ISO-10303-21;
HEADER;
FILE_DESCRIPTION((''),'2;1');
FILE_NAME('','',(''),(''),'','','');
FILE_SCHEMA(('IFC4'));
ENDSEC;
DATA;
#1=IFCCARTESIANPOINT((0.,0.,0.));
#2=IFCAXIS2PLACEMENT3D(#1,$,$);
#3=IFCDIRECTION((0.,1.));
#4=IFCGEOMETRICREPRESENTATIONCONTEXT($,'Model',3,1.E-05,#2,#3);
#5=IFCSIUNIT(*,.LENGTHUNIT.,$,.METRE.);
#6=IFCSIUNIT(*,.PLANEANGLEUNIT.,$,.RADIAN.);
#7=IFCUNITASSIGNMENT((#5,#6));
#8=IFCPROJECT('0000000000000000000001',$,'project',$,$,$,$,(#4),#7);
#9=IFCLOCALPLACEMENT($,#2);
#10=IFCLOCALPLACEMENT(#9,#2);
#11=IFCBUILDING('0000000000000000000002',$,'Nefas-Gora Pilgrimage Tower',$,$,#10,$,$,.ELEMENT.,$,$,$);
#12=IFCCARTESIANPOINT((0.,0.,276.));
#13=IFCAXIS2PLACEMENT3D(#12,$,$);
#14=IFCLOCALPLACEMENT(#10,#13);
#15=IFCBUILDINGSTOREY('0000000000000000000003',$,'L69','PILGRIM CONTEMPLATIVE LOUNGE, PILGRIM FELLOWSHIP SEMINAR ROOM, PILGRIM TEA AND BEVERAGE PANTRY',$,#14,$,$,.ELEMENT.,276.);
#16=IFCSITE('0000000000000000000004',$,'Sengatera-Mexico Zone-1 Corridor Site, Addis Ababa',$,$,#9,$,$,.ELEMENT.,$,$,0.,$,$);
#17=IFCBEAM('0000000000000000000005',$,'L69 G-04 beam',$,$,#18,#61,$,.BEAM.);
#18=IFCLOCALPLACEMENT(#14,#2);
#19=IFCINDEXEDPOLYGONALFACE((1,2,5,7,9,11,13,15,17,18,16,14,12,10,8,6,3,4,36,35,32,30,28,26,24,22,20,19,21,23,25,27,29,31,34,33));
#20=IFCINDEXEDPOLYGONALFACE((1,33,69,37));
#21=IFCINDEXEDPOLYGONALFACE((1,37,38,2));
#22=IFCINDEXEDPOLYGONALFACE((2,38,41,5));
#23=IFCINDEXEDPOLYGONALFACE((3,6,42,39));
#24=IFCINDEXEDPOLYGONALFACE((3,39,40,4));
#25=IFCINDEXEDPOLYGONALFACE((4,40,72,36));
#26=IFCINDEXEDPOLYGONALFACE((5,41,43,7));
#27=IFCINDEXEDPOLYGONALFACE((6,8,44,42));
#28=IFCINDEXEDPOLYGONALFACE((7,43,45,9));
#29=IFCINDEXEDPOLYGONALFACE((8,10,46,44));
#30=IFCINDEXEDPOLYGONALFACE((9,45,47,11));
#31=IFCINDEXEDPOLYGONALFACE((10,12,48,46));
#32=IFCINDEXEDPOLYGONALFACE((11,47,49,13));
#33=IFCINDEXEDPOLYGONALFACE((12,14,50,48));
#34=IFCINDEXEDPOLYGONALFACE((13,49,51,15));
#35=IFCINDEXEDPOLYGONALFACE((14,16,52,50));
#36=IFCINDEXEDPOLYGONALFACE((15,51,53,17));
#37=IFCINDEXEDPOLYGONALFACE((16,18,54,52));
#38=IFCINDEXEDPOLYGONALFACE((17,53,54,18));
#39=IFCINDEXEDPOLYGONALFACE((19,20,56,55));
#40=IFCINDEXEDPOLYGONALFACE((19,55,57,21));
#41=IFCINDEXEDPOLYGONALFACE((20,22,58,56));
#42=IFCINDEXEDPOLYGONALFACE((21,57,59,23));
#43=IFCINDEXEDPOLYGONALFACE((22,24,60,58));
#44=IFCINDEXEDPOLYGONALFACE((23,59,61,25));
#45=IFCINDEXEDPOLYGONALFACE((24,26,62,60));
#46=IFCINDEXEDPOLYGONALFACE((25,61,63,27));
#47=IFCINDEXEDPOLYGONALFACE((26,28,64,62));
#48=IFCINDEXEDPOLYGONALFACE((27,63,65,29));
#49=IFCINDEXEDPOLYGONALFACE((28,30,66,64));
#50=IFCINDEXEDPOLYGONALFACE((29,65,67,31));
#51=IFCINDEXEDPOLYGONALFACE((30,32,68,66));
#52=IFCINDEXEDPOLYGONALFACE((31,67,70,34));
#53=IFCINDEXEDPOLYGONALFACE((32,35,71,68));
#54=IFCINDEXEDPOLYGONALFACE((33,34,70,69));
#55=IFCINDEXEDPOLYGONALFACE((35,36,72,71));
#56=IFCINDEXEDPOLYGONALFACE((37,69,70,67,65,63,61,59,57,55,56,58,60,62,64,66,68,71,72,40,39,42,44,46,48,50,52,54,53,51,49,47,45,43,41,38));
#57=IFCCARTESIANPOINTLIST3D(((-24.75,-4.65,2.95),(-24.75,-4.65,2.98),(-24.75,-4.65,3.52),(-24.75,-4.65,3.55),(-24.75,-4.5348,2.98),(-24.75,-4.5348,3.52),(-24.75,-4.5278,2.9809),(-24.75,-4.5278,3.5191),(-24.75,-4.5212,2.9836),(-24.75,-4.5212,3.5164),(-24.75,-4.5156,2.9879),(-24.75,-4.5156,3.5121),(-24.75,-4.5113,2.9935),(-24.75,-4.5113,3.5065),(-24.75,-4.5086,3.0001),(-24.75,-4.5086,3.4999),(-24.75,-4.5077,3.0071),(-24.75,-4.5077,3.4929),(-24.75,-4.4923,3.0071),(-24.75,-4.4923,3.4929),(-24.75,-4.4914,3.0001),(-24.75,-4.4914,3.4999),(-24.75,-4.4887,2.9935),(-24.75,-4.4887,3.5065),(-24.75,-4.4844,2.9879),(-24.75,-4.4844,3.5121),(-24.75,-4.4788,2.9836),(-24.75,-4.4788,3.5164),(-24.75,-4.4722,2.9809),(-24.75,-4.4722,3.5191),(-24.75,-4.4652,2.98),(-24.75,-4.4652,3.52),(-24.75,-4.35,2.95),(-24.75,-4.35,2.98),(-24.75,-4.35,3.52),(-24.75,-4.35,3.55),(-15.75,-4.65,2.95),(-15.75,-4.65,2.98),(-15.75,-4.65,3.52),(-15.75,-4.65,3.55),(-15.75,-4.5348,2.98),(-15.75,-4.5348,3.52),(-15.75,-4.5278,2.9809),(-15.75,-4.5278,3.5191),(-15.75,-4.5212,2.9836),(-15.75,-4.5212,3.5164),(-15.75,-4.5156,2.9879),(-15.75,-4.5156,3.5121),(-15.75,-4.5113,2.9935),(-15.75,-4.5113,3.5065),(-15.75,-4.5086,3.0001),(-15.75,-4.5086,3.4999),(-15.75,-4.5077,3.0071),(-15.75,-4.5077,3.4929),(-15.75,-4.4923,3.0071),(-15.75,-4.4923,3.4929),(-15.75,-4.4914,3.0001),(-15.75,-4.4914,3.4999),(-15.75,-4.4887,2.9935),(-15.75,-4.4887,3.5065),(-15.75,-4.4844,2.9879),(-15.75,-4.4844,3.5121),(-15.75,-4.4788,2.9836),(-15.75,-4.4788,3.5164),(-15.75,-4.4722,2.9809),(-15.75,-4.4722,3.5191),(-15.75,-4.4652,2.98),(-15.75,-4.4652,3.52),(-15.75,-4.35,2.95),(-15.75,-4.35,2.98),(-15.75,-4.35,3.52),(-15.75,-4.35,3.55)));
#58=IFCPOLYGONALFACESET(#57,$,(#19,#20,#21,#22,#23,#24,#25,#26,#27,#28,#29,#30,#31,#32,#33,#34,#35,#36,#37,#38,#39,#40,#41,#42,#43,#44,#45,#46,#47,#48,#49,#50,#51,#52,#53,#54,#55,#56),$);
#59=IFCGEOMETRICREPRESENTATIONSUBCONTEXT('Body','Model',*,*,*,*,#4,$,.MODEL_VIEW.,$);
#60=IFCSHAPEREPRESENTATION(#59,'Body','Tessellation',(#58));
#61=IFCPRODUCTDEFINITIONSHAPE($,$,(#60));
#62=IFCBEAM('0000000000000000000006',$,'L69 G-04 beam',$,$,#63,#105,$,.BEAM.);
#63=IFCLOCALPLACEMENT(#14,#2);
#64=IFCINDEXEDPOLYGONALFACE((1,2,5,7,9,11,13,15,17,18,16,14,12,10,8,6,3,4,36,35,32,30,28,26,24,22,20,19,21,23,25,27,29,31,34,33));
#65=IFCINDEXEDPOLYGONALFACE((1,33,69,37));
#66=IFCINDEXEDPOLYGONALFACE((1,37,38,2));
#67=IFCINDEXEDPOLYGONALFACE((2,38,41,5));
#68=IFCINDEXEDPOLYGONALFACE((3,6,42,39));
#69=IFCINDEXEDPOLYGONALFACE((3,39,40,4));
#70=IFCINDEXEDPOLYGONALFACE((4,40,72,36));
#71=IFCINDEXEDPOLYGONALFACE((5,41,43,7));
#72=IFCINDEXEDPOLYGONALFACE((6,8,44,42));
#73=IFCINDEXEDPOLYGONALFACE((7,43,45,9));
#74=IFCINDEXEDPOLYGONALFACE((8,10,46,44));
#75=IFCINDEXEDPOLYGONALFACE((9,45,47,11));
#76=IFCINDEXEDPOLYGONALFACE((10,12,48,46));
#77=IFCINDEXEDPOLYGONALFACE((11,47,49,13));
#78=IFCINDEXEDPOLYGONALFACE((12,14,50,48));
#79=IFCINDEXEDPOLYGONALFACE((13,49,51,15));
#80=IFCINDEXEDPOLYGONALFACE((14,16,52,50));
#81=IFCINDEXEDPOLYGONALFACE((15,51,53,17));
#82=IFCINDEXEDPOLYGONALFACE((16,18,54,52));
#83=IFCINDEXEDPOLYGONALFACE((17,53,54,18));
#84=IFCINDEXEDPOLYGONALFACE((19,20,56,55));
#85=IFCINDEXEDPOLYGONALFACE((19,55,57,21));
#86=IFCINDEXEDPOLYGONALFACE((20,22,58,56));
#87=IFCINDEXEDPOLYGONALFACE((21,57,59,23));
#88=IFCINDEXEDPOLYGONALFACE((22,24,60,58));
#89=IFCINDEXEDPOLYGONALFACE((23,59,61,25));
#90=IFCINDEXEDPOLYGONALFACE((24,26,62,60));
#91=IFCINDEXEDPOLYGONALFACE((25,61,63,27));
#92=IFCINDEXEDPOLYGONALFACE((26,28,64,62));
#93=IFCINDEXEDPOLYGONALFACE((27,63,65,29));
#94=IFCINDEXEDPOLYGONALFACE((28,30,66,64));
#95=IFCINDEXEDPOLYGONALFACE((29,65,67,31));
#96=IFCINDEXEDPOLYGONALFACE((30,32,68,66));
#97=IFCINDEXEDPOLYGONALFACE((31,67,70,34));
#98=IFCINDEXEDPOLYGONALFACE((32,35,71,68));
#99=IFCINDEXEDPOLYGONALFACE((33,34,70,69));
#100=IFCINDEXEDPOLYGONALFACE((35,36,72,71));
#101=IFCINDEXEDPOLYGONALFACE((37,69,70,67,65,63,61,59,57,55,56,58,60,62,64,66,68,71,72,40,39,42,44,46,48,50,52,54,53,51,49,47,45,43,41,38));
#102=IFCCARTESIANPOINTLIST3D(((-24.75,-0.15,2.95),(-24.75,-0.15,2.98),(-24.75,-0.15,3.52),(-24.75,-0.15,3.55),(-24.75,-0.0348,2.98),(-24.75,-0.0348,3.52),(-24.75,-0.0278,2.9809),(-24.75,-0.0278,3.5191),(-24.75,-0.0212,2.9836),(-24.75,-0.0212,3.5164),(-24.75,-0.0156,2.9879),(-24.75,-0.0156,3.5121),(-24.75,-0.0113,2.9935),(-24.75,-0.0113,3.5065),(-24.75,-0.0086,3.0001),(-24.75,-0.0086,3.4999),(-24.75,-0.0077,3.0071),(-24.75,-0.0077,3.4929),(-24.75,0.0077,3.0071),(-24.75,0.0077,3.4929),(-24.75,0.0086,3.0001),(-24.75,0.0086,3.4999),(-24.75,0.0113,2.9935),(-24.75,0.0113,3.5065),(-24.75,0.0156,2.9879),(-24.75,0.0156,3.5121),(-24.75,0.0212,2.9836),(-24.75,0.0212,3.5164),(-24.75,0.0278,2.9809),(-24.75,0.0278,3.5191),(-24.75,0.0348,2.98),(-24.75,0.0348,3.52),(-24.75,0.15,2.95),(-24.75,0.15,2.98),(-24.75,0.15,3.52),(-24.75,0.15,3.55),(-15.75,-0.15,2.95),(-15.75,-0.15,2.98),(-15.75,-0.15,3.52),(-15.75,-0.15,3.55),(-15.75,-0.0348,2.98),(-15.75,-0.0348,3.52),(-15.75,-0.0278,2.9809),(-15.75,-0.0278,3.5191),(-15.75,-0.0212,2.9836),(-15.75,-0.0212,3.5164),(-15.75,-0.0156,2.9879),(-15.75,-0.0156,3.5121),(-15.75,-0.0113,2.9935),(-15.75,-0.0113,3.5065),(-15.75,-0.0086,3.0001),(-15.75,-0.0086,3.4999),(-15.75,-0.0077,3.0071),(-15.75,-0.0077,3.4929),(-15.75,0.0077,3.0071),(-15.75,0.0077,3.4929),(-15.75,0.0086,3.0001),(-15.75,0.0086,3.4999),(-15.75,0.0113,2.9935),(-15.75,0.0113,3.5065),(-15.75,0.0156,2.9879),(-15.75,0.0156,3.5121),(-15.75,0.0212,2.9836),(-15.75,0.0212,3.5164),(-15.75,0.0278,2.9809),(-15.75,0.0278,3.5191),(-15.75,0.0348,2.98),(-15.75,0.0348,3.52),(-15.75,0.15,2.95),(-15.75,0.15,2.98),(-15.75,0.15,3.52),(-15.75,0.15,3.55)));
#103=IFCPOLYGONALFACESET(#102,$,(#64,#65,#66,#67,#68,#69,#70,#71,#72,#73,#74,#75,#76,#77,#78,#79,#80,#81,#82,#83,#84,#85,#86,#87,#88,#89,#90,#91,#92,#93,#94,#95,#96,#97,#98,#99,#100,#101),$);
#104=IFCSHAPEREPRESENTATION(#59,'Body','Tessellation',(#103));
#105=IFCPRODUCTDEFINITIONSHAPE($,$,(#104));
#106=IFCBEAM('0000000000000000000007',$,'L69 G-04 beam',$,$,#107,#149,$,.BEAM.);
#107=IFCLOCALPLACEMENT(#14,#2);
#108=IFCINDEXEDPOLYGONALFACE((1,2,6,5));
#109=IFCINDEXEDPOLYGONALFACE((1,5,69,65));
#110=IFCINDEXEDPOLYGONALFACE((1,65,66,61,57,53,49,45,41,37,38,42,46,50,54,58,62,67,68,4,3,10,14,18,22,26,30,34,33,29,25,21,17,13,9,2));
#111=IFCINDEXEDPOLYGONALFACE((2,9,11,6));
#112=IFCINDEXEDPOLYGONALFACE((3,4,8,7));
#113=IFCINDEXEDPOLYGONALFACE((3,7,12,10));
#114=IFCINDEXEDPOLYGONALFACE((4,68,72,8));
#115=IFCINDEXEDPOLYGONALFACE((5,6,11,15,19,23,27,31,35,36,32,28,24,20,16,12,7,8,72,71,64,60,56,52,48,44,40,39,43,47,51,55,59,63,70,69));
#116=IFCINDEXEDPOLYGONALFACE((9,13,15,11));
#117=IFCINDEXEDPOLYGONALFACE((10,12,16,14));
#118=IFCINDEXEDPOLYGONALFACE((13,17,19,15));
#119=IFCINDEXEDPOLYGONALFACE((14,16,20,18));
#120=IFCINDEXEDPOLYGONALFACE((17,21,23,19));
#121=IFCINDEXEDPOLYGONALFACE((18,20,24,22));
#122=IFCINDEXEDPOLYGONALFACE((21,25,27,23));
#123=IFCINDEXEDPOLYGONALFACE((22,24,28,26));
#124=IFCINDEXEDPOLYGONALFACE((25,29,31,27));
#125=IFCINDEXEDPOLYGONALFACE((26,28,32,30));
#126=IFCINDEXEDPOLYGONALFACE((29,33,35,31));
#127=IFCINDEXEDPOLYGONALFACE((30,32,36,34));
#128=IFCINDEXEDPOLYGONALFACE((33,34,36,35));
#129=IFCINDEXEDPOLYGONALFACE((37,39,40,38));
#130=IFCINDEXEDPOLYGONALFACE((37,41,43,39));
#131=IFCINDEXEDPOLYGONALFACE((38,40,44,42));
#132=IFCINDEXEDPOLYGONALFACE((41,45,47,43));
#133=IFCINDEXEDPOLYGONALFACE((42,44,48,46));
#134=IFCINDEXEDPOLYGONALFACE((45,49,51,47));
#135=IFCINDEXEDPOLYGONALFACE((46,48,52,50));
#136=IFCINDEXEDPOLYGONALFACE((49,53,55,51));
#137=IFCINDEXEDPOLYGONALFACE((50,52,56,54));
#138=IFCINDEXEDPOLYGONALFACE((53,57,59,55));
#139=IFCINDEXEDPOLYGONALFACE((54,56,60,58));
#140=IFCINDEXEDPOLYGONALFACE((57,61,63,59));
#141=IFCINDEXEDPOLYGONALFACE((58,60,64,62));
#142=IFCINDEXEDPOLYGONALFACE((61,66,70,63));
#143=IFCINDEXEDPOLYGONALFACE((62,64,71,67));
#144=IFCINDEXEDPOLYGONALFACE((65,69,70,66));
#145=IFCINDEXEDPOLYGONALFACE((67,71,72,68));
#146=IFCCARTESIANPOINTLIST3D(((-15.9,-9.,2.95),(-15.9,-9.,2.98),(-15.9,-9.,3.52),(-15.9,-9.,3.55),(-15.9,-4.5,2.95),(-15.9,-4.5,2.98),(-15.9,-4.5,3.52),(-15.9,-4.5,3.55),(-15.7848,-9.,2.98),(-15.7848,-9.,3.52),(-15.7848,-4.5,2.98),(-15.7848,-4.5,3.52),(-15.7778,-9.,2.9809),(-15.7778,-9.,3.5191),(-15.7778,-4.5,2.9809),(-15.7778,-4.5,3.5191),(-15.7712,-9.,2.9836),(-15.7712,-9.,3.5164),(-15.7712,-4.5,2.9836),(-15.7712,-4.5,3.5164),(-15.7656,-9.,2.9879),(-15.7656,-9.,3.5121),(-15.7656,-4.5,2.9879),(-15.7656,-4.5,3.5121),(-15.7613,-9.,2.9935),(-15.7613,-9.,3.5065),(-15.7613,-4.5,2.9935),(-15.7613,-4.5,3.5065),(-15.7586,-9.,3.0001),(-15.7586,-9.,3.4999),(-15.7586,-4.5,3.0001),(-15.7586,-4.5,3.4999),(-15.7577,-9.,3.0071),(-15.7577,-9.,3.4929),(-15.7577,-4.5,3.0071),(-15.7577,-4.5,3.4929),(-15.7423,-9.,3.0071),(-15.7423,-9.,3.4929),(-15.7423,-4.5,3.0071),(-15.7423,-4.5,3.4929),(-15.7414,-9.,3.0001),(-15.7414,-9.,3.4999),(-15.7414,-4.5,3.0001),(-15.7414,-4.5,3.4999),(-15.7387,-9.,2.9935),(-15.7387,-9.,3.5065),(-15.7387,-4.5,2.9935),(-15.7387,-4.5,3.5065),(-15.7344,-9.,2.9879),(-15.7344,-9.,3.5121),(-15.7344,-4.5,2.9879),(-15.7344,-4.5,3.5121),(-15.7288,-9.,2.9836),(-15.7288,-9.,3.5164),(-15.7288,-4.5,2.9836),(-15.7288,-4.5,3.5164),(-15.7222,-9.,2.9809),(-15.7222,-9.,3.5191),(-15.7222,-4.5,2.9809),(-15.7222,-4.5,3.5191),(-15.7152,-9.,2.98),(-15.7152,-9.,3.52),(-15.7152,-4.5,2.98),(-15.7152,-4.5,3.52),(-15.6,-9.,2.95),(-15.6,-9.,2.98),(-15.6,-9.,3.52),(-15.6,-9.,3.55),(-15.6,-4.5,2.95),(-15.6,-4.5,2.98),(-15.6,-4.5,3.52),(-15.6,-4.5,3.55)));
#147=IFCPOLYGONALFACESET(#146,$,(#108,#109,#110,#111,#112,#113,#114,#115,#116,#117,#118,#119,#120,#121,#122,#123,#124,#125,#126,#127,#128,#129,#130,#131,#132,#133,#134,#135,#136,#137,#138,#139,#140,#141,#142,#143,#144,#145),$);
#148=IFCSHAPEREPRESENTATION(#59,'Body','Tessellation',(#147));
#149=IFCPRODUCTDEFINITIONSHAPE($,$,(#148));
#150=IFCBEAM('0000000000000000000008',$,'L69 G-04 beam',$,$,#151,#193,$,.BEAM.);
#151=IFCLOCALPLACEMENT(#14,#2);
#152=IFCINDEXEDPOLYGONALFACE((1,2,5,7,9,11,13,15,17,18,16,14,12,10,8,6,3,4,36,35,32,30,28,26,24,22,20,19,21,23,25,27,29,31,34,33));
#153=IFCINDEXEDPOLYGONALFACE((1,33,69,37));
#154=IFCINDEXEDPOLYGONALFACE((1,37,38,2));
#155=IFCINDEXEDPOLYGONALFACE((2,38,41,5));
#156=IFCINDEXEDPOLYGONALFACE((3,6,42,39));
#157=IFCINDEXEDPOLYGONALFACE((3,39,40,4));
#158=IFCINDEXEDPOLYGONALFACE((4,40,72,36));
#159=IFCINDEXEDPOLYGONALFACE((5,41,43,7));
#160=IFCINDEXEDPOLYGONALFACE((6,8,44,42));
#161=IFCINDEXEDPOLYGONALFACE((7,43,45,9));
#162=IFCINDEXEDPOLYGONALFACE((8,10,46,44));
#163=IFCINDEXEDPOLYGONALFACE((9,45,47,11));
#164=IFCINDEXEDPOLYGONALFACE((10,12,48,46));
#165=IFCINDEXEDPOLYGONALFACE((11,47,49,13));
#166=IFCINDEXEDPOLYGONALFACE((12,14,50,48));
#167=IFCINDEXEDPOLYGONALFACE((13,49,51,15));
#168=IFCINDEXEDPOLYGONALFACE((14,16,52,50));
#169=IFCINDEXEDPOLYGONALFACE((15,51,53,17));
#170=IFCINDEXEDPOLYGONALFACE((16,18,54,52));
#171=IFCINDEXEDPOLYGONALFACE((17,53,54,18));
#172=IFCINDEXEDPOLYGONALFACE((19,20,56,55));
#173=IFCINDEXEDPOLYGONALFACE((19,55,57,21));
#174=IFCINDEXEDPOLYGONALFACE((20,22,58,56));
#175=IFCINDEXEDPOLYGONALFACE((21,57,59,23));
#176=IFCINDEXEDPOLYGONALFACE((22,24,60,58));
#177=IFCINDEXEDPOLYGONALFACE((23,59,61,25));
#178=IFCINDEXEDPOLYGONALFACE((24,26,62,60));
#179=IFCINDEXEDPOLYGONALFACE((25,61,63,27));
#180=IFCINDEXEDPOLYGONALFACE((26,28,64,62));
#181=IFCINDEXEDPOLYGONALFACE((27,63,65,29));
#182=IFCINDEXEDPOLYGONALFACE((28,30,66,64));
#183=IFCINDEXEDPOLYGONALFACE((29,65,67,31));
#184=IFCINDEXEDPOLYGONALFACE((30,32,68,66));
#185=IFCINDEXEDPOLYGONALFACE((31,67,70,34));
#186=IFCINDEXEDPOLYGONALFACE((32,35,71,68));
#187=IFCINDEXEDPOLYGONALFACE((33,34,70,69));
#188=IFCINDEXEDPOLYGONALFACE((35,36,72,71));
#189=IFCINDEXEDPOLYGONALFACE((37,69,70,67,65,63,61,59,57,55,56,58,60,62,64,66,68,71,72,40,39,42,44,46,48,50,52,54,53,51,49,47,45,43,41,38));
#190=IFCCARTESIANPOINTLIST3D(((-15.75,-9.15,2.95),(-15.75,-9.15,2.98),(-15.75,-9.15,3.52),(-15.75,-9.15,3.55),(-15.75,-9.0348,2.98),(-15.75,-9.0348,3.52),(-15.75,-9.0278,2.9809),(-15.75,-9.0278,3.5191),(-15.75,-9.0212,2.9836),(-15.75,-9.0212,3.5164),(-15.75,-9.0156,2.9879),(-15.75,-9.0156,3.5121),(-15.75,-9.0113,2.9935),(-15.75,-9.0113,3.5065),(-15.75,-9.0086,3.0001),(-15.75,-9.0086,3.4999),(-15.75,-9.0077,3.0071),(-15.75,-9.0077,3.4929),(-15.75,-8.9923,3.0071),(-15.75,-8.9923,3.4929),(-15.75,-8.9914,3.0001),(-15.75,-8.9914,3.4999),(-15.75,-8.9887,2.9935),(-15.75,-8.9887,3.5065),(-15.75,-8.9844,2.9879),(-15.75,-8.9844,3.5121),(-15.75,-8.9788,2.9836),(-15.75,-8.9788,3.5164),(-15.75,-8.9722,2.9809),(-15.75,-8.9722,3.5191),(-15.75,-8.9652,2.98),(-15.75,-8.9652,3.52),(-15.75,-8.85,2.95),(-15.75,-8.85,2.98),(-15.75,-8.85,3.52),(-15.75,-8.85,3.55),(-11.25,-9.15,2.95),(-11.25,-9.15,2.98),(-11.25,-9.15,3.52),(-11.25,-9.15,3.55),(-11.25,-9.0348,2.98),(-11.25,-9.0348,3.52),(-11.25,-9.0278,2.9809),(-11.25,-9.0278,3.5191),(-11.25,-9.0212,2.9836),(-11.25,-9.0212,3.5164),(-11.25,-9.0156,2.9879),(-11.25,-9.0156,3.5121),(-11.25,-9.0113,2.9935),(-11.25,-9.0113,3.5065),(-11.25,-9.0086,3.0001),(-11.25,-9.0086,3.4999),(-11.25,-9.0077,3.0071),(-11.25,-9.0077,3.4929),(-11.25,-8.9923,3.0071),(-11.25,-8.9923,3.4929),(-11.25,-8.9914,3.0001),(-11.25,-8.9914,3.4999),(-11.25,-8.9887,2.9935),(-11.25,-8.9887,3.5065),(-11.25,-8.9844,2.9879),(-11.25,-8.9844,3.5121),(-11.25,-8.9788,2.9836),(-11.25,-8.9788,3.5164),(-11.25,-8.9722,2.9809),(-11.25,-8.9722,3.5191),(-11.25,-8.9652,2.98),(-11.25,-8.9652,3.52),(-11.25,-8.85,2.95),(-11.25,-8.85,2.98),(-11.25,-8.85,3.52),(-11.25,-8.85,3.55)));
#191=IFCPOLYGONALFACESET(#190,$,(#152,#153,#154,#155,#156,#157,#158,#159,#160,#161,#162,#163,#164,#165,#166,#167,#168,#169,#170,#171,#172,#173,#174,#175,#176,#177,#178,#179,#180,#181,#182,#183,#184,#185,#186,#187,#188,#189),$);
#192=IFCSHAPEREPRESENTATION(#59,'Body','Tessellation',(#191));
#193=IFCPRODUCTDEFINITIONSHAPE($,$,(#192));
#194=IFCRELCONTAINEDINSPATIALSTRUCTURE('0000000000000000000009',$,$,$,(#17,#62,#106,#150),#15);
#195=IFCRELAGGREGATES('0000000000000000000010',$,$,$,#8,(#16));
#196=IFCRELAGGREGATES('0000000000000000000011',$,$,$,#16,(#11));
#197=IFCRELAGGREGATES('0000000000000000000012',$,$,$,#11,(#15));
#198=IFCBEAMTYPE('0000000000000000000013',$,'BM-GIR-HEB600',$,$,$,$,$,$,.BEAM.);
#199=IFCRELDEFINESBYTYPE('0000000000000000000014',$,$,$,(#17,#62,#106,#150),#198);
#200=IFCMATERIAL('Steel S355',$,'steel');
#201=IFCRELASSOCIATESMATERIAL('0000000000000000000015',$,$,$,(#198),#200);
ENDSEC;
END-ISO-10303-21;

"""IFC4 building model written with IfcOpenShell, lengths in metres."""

from ifc_helpers import new_model, si_unit, direction, frame, origin, origin_2d, place, context, subcontext, project, spatial, i_section, extrude, source, transform, mapped, material, material_profile, profile_set, type_object, element, save


model = new_model("IFC4")

# Units and contexts
model_context = context("Model", 3, precision=1e-05, world=origin(), true_north=direction((0.0, 1.0)))
body_context = subcontext(model_context, "Body", "Model", "MODEL_VIEW")
ifc_project = project(units=[si_unit("LENGTHUNIT", "METRE"), si_unit("PLANEANGLEUNIT", "RADIAN")], contexts=[model_context])

# Site, building, storey
site_placement = place(None, origin())
site = spatial("IfcSite", under=ifc_project, at=site_placement, Name="Sengatera-Mexico Zone-1 Corridor Site, Addis Ababa", CompositionType="ELEMENT", RefElevation=0.0)
building_placement = place(site_placement, origin())
building = spatial("IfcBuilding", under=site, at=building_placement, Name="Nefas-Gora Pilgrimage Tower", CompositionType="ELEMENT")
storey_placement = place(building_placement, frame((0.0, 0.0, 276.0)))
storey = spatial("IfcBuildingStorey", under=building, at=storey_placement, Name="L69", Description="PILGRIM CONTEMPLATIVE LOUNGE, PILGRIM FELLOWSHIP SEMINAR ROOM, PILGRIM TEA AND BEVERAGE PANTRY", CompositionType="ELEMENT", Elevation=276.0)

# Shared definitions
ifc_material_1 = material(Name="Steel S355", Category="steel")

# Beams
ifc_material_profile_1 = material_profile(ifc_material_1, i_section(OverallWidth=0.3, OverallDepth=0.6001, WebThickness=0.0154, FlangeThickness=0.03, FilletRadius=0.0271, at=origin_2d()), Name="HEB 600")
ifc_profile_set_1 = profile_set([ifc_material_profile_1], Name="Steel S355")
beam_type_1 = type_object("IfcBeamType", Name="BM-GIR-HEB600", PredefinedType="BEAM", material=ifc_profile_set_1)
shared_shape_1 = source(origin(), body_context, "Body", "SweptSolid", [
    extrude(i_section(OverallWidth=0.3, OverallDepth=0.6001, WebThickness=0.0154, FlangeThickness=0.03, FilletRadius=0.0271, at=origin_2d()), origin(), (0.0, 0.0, 1.0), 9.0),
])
for number, where, z_axis, x_axis, name in (
    (1, (-24.75, -4.5, 3.25), (1.0, 0.0, 0.0), (0.0, 1.0, 0.0), "L69 G-04 beam"),
    (2, (-24.75, 0.0, 3.25), (1.0, 0.0, 0.0), (0.0, 1.0, 0.0), "L69 G-04 beam"),
):
    element("IfcBeam", number, at=place(storey_placement, frame(where, z_axis=z_axis, x_axis=x_axis)), inside=storey, type_object=beam_type_1, Name=name, PredefinedType="BEAM", context=body_context, shape_type="MappedRepresentation", body=[
        mapped(shared_shape_1, transform((0.0, 0.0, 0.0), x_axis=(1.0, 0.0, 0.0), y_axis=(0.0, 1.0, 0.0), z_axis=(0.0, 0.0, 1.0), scale=1.0)),
    ])
shared_shape_2 = source(origin(), body_context, "Body", "SweptSolid", [
    extrude(i_section(OverallWidth=0.3, OverallDepth=0.6001, WebThickness=0.0154, FlangeThickness=0.03, FilletRadius=0.0271, at=origin_2d()), origin(), (0.0, 0.0, 1.0), 4.5),
])
for number, where, z_axis, x_axis, name in (
    (3, (-15.75, -9.0, 3.25), (0.0, 1.0, 0.0), (-1.0, 0.0, 0.0), "L69 G-04 beam"),
    (4, (-15.75, -9.0, 3.25), (1.0, 0.0, 0.0), (0.0, 1.0, 0.0), "L69 G-04 beam"),
):
    element("IfcBeam", number, at=place(storey_placement, frame(where, z_axis=z_axis, x_axis=x_axis)), inside=storey, type_object=beam_type_1, Name=name, PredefinedType="BEAM", context=body_context, shape_type="MappedRepresentation", body=[
        mapped(shared_shape_2, transform((0.0, 0.0, 0.0), x_axis=(1.0, 0.0, 0.0), y_axis=(0.0, 1.0, 0.0), z_axis=(0.0, 0.0, 1.0), scale=1.0)),
    ])

save(model, "model.ifc")
